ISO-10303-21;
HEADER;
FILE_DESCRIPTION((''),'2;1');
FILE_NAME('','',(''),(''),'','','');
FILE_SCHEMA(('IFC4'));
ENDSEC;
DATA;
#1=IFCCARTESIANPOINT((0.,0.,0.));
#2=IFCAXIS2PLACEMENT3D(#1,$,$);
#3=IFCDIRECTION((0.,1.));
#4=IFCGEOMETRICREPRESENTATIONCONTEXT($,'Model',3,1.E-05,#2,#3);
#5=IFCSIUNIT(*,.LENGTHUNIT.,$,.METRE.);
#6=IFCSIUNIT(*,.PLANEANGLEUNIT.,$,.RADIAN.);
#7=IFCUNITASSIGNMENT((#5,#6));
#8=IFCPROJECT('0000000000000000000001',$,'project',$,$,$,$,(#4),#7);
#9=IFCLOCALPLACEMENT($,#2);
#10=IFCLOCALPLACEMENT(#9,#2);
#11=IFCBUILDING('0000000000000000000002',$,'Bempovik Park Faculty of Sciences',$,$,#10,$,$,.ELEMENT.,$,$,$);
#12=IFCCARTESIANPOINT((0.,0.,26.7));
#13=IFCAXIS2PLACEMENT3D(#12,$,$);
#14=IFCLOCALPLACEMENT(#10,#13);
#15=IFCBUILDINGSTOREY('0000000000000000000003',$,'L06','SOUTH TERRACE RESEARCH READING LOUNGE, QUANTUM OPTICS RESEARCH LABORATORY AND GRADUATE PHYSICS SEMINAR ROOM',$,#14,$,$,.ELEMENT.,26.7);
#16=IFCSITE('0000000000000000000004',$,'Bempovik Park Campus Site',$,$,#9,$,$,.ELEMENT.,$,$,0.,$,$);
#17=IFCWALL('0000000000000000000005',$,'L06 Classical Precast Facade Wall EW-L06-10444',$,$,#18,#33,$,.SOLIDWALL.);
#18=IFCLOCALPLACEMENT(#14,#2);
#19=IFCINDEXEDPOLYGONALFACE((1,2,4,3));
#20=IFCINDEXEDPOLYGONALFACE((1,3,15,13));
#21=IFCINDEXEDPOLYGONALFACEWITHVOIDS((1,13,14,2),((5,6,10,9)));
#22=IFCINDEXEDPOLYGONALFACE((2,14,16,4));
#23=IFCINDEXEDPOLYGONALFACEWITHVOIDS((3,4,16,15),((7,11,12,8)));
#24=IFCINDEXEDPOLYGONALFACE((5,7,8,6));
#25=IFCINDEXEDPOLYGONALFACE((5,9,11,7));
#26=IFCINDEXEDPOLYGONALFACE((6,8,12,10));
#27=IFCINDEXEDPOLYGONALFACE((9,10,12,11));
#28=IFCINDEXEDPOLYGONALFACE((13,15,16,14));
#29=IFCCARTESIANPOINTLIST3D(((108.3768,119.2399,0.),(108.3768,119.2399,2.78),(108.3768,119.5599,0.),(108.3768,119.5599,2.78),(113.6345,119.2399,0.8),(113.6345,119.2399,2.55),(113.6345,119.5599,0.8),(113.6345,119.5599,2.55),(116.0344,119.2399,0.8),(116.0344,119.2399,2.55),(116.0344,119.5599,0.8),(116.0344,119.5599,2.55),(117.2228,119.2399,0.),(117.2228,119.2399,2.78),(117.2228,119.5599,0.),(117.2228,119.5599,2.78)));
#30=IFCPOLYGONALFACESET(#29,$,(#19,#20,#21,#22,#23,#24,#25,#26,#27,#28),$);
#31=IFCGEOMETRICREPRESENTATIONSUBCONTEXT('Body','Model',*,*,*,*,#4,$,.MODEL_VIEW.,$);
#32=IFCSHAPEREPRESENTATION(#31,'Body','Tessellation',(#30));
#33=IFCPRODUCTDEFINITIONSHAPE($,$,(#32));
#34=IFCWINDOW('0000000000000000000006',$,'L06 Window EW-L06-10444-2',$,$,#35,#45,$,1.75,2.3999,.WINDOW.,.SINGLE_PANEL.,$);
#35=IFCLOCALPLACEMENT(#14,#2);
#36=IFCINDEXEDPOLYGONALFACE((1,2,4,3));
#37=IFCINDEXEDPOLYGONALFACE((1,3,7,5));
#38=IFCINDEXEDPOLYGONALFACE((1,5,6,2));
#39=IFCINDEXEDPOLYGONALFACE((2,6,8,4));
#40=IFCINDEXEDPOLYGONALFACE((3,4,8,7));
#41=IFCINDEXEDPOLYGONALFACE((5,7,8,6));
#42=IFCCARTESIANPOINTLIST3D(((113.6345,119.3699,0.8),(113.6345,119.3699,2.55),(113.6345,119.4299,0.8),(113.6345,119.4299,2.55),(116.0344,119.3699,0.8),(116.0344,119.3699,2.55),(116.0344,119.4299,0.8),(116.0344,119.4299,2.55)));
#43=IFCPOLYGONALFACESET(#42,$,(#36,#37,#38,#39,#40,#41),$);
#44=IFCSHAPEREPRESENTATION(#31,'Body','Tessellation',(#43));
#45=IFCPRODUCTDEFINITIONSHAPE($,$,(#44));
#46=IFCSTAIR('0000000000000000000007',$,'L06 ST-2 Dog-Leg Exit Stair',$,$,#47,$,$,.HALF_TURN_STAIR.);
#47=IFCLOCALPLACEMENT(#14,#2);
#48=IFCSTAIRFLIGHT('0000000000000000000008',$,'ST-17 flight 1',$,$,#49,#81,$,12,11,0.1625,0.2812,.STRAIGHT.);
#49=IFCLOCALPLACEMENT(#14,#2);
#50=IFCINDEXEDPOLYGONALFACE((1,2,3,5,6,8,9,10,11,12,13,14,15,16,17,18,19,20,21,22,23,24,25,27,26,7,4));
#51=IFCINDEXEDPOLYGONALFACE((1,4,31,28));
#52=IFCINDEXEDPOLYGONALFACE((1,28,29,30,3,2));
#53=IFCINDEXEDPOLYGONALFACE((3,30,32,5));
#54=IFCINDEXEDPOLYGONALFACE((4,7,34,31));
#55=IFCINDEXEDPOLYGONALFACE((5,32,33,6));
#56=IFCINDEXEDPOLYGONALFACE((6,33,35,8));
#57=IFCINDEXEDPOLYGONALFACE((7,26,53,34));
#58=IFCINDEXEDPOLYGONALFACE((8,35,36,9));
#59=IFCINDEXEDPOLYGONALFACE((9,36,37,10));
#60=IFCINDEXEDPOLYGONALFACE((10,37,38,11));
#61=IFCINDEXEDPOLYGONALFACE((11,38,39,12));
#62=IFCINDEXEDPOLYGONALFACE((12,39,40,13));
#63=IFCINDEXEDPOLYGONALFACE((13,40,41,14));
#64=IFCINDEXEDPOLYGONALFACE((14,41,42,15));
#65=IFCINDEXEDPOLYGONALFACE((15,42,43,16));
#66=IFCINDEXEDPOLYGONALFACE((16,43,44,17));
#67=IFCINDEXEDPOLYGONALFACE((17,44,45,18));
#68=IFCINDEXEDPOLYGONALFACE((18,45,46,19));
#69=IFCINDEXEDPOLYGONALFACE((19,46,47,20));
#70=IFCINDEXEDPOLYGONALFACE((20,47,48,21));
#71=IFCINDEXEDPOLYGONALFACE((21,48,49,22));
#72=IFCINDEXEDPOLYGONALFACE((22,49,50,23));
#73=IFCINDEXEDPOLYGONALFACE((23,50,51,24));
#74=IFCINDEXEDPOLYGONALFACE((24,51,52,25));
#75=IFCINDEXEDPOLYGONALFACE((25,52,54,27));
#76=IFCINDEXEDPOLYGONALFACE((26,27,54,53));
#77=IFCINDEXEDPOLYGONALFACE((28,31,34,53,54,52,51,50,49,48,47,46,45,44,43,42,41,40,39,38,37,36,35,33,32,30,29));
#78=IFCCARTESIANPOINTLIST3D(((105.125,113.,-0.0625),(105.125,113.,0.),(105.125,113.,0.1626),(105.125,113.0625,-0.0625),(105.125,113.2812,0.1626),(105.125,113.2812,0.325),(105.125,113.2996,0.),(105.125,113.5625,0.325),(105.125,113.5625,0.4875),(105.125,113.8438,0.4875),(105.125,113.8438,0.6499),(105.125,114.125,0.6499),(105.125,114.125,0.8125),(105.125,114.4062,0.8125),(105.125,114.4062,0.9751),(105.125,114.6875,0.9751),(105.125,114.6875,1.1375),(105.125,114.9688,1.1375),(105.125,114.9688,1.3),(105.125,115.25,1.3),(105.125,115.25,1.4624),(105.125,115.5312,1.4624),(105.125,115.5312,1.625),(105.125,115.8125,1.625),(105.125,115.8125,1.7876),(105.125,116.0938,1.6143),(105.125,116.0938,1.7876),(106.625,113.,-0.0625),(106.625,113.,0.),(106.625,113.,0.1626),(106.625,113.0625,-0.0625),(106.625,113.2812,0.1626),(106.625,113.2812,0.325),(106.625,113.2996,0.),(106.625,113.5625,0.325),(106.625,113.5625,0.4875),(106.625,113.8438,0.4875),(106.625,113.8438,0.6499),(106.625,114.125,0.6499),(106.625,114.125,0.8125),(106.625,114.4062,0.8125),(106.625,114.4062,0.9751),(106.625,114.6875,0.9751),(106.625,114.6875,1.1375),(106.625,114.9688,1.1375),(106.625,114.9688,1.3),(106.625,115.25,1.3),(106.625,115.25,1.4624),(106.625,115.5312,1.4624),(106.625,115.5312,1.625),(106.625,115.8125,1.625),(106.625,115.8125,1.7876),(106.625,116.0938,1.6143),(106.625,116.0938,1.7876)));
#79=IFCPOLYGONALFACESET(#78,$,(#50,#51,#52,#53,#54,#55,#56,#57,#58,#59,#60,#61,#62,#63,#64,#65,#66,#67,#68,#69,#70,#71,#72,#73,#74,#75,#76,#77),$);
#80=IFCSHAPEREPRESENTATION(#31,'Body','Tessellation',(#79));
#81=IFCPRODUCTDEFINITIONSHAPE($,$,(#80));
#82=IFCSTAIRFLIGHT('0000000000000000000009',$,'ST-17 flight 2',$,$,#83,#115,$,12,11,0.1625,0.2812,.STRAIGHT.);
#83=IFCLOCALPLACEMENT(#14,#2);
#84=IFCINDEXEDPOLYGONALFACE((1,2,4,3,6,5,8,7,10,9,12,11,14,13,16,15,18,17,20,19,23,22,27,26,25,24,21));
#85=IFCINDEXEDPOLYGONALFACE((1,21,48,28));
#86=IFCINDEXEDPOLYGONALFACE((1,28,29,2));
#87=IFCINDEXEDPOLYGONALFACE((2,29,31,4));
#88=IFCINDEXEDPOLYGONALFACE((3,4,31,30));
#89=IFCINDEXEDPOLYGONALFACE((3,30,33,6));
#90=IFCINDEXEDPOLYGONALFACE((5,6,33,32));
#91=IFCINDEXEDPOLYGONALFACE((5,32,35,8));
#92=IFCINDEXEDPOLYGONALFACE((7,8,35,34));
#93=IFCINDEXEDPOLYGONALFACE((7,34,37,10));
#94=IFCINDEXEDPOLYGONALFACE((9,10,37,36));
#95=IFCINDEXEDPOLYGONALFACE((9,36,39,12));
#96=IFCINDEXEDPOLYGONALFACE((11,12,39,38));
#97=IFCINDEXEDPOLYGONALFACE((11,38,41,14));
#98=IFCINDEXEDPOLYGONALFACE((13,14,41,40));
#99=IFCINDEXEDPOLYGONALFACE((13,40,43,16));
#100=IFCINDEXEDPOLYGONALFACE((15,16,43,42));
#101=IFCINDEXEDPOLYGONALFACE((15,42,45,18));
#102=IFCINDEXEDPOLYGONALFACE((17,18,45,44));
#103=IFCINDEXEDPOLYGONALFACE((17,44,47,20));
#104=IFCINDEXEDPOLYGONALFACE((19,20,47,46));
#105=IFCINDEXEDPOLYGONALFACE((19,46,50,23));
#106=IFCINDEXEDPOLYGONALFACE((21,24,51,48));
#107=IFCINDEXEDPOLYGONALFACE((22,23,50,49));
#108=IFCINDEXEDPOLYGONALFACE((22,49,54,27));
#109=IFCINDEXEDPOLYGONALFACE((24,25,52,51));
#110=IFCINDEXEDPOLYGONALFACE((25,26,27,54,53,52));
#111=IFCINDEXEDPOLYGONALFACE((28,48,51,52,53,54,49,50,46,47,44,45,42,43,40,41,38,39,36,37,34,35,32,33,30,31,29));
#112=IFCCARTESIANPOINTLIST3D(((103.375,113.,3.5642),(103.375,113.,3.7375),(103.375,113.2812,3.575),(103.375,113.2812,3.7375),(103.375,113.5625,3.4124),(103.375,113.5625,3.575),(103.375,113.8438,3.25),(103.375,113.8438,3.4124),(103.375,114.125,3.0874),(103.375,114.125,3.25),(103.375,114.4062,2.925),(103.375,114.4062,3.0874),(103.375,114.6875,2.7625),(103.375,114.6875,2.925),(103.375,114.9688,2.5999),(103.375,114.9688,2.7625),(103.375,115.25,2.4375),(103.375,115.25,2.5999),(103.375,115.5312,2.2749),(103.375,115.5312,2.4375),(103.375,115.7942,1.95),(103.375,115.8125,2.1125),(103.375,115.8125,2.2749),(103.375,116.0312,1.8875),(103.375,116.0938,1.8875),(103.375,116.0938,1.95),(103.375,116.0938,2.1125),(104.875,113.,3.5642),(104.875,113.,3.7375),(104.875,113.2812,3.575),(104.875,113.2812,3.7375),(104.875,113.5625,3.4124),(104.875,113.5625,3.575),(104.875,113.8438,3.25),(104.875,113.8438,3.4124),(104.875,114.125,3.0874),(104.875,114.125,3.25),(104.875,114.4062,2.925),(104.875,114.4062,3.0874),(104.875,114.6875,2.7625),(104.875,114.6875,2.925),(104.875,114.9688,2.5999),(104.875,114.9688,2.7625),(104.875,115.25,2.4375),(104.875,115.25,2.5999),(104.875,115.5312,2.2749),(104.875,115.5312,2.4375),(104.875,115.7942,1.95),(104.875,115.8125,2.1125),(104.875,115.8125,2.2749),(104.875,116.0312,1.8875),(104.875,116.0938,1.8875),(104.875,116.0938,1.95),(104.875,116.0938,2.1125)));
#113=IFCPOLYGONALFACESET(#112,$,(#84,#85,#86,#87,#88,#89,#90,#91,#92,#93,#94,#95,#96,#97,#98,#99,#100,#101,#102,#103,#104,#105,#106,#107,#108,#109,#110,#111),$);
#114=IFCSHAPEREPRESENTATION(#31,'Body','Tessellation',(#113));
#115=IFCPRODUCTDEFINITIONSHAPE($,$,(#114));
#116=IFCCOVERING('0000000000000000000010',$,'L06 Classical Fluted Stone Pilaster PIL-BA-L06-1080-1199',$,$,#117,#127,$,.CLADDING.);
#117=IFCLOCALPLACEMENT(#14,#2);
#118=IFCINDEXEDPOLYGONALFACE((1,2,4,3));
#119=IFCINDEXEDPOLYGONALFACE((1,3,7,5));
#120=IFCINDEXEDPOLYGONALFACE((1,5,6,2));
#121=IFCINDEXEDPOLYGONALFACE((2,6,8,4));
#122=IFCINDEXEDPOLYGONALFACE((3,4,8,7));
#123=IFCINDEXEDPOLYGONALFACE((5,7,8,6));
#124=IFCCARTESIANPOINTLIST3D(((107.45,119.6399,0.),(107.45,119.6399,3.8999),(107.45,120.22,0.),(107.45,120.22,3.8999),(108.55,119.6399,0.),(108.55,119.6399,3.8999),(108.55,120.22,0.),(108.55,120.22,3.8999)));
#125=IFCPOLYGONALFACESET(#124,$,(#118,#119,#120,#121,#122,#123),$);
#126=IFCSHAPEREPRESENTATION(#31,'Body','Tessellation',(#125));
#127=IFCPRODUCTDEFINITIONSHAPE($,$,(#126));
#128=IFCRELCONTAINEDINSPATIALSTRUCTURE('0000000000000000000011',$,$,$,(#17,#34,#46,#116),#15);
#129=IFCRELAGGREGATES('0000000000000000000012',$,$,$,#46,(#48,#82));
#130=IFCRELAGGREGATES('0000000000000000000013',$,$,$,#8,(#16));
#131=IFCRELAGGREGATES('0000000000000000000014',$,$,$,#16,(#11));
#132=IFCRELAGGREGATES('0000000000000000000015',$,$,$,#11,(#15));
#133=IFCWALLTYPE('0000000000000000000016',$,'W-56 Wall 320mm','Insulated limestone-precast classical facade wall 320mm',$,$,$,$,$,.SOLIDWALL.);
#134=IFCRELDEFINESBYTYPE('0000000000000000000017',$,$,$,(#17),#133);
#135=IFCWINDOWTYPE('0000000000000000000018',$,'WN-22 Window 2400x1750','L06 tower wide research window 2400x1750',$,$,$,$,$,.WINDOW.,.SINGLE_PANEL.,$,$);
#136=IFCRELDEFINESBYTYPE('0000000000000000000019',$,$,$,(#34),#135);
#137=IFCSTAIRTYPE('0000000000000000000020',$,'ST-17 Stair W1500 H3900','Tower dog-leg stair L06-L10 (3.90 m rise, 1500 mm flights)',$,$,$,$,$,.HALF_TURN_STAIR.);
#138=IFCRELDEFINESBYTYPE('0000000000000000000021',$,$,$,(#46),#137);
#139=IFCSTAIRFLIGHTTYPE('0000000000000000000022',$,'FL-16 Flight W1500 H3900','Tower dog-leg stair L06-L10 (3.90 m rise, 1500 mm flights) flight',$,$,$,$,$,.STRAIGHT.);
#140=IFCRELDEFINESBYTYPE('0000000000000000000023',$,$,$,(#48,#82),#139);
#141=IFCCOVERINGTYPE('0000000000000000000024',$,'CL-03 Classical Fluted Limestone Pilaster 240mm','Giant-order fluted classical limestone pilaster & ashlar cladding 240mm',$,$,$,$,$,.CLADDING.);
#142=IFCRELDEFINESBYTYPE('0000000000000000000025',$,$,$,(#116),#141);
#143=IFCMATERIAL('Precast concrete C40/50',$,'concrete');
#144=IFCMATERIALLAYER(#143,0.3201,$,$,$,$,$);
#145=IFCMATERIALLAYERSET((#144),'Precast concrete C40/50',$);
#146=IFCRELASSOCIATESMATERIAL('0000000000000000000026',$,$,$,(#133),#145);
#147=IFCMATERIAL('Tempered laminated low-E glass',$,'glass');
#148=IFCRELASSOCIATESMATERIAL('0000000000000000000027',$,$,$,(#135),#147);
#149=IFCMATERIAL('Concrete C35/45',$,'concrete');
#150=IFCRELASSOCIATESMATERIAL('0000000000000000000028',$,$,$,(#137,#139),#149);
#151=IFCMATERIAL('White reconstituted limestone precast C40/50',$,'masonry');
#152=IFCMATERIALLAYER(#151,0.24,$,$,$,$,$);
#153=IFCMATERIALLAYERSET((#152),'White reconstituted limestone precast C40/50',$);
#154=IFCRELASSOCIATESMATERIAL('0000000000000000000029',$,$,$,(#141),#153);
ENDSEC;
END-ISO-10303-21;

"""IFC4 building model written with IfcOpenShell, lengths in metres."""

from ifc_helpers import new_model, si_unit, direction, frame, frame_2d, origin, origin_2d, place, context, subcontext, project, spatial, polyline, rectangle, outline, extrude, material, layer, layer_set, type_object, element, fill, aggregate, save


model = new_model("IFC4")

# Units and contexts
model_context = context("Model", 3, precision=1e-05, world=origin(), true_north=direction((0.0, 1.0)))
body_context = subcontext(model_context, "Body", "Model", "MODEL_VIEW")
ifc_project = project(units=[si_unit("LENGTHUNIT", "METRE"), si_unit("PLANEANGLEUNIT", "RADIAN")], contexts=[model_context])

# Site, building, storey
site_placement = place(None, origin())
site = spatial("IfcSite", under=ifc_project, at=site_placement, Name="Bempovik Park Campus Site", CompositionType="ELEMENT", RefElevation=0.0)
building_placement = place(site_placement, origin())
building = spatial("IfcBuilding", under=site, at=building_placement, Name="Bempovik Park Faculty of Sciences", CompositionType="ELEMENT")
storey_placement = place(building_placement, frame((0.0, 0.0, 26.7)))
storey = spatial("IfcBuildingStorey", under=building, at=storey_placement, Name="L06", Description="SOUTH TERRACE RESEARCH READING LOUNGE, QUANTUM OPTICS RESEARCH LABORATORY AND GRADUATE PHYSICS SEMINAR ROOM", CompositionType="ELEMENT", Elevation=26.7)

# Shared definitions
ifc_material_1 = material(Name="Concrete C35/45", Category="concrete")

# Wall, opening, window
ifc_material_2 = material(Name="Precast concrete C40/50", Category="concrete")
ifc_layer_1 = layer(ifc_material_2, 0.3201)
ifc_layer_set_1 = layer_set([ifc_layer_1], Name="Precast concrete C40/50")
wall_type_1 = type_object("IfcWallType", Name="W-56 Wall 320mm", Description="Insulated limestone-precast classical facade wall 320mm", PredefinedType="SOLIDWALL", material=ifc_layer_set_1)
wall_1_placement = place(storey_placement, frame((108.377, 119.3999, 0.0), z_axis=(0.0, 0.0, 1.0), x_axis=(1.0, 0.0, 0.0)))
wall_1 = element("IfcWall", 1, at=wall_1_placement, inside=storey, type_object=wall_type_1, Name="L06 Classical Precast Facade Wall EW-L06-10444", PredefinedType="SOLIDWALL", context=body_context, shape_type="SweptSolid", body=[
    extrude(rectangle(XDim=8.8459, YDim=0.3201, at=frame_2d((4.4229, 0.0))), origin(), (0.0, 0.0, 1.0), 2.78),
])
opening_1_placement = place(wall_1_placement, frame((5.2576, 0.0, 0.8)))
opening_1 = element("IfcOpeningElement", 2, at=opening_1_placement, cuts=wall_1, PredefinedType="OPENING", context=body_context, shape_type="SweptSolid", body=[
    extrude(rectangle(XDim=2.3999, YDim=1.75, at=frame_2d((1.2, 0.875))), frame((0.0, 0.1699, 0.0), z_axis=(0.0, -1.0, 0.0), x_axis=(1.0, 0.0, 0.0)), (0.0, 0.0, 1.0), 0.3401),
])
ifc_material_3 = material(Name="Tempered laminated low-E glass", Category="glass")
window_type = type_object("IfcWindowType", Name="WN-22 Window 2400x1750", Description="L06 tower wide research window 2400x1750", PartitioningType="SINGLE_PANEL", PredefinedType="WINDOW", material=ifc_material_3)
window_placement = place(opening_1_placement, origin())
window = element("IfcWindow", 3, at=window_placement, inside=storey, type_object=window_type, Name="L06 Window EW-L06-10444-2", OverallHeight=1.75, OverallWidth=2.3999, PartitioningType="SINGLE_PANEL", PredefinedType="WINDOW", context=body_context, shape_type="SweptSolid", body=[
    extrude(rectangle(XDim=2.3999, YDim=1.75, at=frame_2d((1.2, 0.875))), frame((0.0, 0.03, 0.0), z_axis=(0.0, -1.0, 0.0), x_axis=(1.0, 0.0, 0.0)), (0.0, 0.0, 1.0), 0.0601),
])
fill(opening_1, window)

# Stair, stair flights
stair_type = type_object("IfcStairType", Name="ST-17 Stair W1500 H3900", Description="Tower dog-leg stair L06-L10 (3.90 m rise, 1500 mm flights)", PredefinedType="HALF_TURN_STAIR", material=ifc_material_1)
stair_placement = place(storey_placement, origin())
stair = element("IfcStair", 4, at=stair_placement, inside=storey, type_object=stair_type, Name="L06 ST-2 Dog-Leg Exit Stair", PredefinedType="HALF_TURN_STAIR")
stair_flight_type = type_object("IfcStairFlightType", Name="FL-16 Flight W1500 H3900", Description="Tower dog-leg stair L06-L10 (3.90 m rise, 1500 mm flights) flight", PredefinedType="STRAIGHT", material=ifc_material_1)
stair_flight_1_placement = place(storey_placement, frame((105.875, 113.0, 0.0), z_axis=(0.0, 0.0, 1.0), x_axis=(0.0, 1.0, 0.0)))
stair_flight_1 = element("IfcStairFlight", 5, at=stair_flight_1_placement, type_object=stair_flight_type, Name="ST-17 flight 1", NumberOfRisers=12, NumberOfTreads=11, PredefinedType="STRAIGHT", RiserHeight=0.1625, TreadLength=0.2812, context=body_context, shape_type="SweptSolid", body=[
    extrude(outline(polyline([(0.0, 0.0), (0.0, 0.1626), (0.2812, 0.1626), (0.2812, 0.325), (0.5625, 0.325), (0.5625, 0.4875), (0.8438, 0.4875), (0.8438, 0.6499), (1.125, 0.6499), (1.125, 0.8125), (1.4062, 0.8125), (1.4062, 0.9751), (1.6875, 0.9751), (1.6875, 1.1375), (1.9688, 1.1375), (1.9688, 1.3), (2.25, 1.3), (2.25, 1.4624), (2.5312, 1.4624), (2.5312, 1.625), (2.8125, 1.625), (2.8125, 1.7876), (3.0938, 1.7876), (3.0938, 1.95), (3.0938, 1.6143), (0.2996, 0.0), (0.0625, -0.0625), (0.0, -0.0625), (0.0, 0.0)])), frame((0.0, 0.75, 0.0), z_axis=(0.0, -1.0, 0.0), x_axis=(1.0, 0.0, 0.0)), (0.0, 0.0, 1.0), 1.5),
])
stair_flight_2_placement = place(storey_placement, frame((104.125, 116.0938, 1.95), z_axis=(0.0, 0.0, 1.0), x_axis=(0.0, -1.0, 0.0)))
stair_flight_2 = element("IfcStairFlight", 6, at=stair_flight_2_placement, type_object=stair_flight_type, Name="ST-17 flight 2", NumberOfRisers=12, NumberOfTreads=11, PredefinedType="STRAIGHT", RiserHeight=0.1625, TreadLength=0.2812, context=body_context, shape_type="SweptSolid", body=[
    extrude(outline(polyline([(0.0, 0.0), (0.0, 0.1626), (0.2812, 0.1626), (0.2812, 0.325), (0.5625, 0.325), (0.5625, 0.4875), (0.8438, 0.4875), (0.8438, 0.6499), (1.125, 0.6499), (1.125, 0.8125), (1.4062, 0.8125), (1.4062, 0.9751), (1.6875, 0.9751), (1.6875, 1.1375), (1.9688, 1.1375), (1.9688, 1.3), (2.25, 1.3), (2.25, 1.4624), (2.5312, 1.4624), (2.5312, 1.625), (2.8125, 1.625), (2.8125, 1.7876), (3.0938, 1.7876), (3.0938, 1.95), (3.0938, 1.6143), (0.2996, 0.0), (0.0625, -0.0625), (0.0, -0.0625), (0.0, 0.0)])), frame((0.0, 0.75, 0.0), z_axis=(0.0, -1.0, 0.0), x_axis=(1.0, 0.0, 0.0)), (0.0, 0.0, 1.0), 1.5),
])
aggregate(stair, [stair_flight_1, stair_flight_2])

# Covering
ifc_material_4 = material(Name="White reconstituted limestone precast C40/50", Category="masonry")
ifc_layer_2 = layer(ifc_material_4, 0.24)
ifc_layer_set_2 = layer_set([ifc_layer_2], Name="White reconstituted limestone precast C40/50")
covering_type = type_object("IfcCoveringType", Name="CL-03 Classical Fluted Limestone Pilaster 240mm", Description="Giant-order fluted classical limestone pilaster & ashlar cladding 240mm", PredefinedType="CLADDING", material=ifc_layer_set_2)
covering_placement = place(storey_placement, frame((108.0, 119.9299, 0.0), z_axis=(0.0, 0.0, 1.0), x_axis=(1.0, 0.0, 0.0)))
element("IfcCovering", 7, at=covering_placement, inside=storey, type_object=covering_type, Name="L06 Classical Fluted Stone Pilaster PIL-BA-L06-1080-1199", PredefinedType="CLADDING", context=body_context, shape_type="SweptSolid", body=[
    extrude(rectangle(XDim=1.1001, YDim=0.5801, at=origin_2d()), origin(), (0.0, 0.0, 1.0), 3.8999),
])

save(model, "model.ifc")
